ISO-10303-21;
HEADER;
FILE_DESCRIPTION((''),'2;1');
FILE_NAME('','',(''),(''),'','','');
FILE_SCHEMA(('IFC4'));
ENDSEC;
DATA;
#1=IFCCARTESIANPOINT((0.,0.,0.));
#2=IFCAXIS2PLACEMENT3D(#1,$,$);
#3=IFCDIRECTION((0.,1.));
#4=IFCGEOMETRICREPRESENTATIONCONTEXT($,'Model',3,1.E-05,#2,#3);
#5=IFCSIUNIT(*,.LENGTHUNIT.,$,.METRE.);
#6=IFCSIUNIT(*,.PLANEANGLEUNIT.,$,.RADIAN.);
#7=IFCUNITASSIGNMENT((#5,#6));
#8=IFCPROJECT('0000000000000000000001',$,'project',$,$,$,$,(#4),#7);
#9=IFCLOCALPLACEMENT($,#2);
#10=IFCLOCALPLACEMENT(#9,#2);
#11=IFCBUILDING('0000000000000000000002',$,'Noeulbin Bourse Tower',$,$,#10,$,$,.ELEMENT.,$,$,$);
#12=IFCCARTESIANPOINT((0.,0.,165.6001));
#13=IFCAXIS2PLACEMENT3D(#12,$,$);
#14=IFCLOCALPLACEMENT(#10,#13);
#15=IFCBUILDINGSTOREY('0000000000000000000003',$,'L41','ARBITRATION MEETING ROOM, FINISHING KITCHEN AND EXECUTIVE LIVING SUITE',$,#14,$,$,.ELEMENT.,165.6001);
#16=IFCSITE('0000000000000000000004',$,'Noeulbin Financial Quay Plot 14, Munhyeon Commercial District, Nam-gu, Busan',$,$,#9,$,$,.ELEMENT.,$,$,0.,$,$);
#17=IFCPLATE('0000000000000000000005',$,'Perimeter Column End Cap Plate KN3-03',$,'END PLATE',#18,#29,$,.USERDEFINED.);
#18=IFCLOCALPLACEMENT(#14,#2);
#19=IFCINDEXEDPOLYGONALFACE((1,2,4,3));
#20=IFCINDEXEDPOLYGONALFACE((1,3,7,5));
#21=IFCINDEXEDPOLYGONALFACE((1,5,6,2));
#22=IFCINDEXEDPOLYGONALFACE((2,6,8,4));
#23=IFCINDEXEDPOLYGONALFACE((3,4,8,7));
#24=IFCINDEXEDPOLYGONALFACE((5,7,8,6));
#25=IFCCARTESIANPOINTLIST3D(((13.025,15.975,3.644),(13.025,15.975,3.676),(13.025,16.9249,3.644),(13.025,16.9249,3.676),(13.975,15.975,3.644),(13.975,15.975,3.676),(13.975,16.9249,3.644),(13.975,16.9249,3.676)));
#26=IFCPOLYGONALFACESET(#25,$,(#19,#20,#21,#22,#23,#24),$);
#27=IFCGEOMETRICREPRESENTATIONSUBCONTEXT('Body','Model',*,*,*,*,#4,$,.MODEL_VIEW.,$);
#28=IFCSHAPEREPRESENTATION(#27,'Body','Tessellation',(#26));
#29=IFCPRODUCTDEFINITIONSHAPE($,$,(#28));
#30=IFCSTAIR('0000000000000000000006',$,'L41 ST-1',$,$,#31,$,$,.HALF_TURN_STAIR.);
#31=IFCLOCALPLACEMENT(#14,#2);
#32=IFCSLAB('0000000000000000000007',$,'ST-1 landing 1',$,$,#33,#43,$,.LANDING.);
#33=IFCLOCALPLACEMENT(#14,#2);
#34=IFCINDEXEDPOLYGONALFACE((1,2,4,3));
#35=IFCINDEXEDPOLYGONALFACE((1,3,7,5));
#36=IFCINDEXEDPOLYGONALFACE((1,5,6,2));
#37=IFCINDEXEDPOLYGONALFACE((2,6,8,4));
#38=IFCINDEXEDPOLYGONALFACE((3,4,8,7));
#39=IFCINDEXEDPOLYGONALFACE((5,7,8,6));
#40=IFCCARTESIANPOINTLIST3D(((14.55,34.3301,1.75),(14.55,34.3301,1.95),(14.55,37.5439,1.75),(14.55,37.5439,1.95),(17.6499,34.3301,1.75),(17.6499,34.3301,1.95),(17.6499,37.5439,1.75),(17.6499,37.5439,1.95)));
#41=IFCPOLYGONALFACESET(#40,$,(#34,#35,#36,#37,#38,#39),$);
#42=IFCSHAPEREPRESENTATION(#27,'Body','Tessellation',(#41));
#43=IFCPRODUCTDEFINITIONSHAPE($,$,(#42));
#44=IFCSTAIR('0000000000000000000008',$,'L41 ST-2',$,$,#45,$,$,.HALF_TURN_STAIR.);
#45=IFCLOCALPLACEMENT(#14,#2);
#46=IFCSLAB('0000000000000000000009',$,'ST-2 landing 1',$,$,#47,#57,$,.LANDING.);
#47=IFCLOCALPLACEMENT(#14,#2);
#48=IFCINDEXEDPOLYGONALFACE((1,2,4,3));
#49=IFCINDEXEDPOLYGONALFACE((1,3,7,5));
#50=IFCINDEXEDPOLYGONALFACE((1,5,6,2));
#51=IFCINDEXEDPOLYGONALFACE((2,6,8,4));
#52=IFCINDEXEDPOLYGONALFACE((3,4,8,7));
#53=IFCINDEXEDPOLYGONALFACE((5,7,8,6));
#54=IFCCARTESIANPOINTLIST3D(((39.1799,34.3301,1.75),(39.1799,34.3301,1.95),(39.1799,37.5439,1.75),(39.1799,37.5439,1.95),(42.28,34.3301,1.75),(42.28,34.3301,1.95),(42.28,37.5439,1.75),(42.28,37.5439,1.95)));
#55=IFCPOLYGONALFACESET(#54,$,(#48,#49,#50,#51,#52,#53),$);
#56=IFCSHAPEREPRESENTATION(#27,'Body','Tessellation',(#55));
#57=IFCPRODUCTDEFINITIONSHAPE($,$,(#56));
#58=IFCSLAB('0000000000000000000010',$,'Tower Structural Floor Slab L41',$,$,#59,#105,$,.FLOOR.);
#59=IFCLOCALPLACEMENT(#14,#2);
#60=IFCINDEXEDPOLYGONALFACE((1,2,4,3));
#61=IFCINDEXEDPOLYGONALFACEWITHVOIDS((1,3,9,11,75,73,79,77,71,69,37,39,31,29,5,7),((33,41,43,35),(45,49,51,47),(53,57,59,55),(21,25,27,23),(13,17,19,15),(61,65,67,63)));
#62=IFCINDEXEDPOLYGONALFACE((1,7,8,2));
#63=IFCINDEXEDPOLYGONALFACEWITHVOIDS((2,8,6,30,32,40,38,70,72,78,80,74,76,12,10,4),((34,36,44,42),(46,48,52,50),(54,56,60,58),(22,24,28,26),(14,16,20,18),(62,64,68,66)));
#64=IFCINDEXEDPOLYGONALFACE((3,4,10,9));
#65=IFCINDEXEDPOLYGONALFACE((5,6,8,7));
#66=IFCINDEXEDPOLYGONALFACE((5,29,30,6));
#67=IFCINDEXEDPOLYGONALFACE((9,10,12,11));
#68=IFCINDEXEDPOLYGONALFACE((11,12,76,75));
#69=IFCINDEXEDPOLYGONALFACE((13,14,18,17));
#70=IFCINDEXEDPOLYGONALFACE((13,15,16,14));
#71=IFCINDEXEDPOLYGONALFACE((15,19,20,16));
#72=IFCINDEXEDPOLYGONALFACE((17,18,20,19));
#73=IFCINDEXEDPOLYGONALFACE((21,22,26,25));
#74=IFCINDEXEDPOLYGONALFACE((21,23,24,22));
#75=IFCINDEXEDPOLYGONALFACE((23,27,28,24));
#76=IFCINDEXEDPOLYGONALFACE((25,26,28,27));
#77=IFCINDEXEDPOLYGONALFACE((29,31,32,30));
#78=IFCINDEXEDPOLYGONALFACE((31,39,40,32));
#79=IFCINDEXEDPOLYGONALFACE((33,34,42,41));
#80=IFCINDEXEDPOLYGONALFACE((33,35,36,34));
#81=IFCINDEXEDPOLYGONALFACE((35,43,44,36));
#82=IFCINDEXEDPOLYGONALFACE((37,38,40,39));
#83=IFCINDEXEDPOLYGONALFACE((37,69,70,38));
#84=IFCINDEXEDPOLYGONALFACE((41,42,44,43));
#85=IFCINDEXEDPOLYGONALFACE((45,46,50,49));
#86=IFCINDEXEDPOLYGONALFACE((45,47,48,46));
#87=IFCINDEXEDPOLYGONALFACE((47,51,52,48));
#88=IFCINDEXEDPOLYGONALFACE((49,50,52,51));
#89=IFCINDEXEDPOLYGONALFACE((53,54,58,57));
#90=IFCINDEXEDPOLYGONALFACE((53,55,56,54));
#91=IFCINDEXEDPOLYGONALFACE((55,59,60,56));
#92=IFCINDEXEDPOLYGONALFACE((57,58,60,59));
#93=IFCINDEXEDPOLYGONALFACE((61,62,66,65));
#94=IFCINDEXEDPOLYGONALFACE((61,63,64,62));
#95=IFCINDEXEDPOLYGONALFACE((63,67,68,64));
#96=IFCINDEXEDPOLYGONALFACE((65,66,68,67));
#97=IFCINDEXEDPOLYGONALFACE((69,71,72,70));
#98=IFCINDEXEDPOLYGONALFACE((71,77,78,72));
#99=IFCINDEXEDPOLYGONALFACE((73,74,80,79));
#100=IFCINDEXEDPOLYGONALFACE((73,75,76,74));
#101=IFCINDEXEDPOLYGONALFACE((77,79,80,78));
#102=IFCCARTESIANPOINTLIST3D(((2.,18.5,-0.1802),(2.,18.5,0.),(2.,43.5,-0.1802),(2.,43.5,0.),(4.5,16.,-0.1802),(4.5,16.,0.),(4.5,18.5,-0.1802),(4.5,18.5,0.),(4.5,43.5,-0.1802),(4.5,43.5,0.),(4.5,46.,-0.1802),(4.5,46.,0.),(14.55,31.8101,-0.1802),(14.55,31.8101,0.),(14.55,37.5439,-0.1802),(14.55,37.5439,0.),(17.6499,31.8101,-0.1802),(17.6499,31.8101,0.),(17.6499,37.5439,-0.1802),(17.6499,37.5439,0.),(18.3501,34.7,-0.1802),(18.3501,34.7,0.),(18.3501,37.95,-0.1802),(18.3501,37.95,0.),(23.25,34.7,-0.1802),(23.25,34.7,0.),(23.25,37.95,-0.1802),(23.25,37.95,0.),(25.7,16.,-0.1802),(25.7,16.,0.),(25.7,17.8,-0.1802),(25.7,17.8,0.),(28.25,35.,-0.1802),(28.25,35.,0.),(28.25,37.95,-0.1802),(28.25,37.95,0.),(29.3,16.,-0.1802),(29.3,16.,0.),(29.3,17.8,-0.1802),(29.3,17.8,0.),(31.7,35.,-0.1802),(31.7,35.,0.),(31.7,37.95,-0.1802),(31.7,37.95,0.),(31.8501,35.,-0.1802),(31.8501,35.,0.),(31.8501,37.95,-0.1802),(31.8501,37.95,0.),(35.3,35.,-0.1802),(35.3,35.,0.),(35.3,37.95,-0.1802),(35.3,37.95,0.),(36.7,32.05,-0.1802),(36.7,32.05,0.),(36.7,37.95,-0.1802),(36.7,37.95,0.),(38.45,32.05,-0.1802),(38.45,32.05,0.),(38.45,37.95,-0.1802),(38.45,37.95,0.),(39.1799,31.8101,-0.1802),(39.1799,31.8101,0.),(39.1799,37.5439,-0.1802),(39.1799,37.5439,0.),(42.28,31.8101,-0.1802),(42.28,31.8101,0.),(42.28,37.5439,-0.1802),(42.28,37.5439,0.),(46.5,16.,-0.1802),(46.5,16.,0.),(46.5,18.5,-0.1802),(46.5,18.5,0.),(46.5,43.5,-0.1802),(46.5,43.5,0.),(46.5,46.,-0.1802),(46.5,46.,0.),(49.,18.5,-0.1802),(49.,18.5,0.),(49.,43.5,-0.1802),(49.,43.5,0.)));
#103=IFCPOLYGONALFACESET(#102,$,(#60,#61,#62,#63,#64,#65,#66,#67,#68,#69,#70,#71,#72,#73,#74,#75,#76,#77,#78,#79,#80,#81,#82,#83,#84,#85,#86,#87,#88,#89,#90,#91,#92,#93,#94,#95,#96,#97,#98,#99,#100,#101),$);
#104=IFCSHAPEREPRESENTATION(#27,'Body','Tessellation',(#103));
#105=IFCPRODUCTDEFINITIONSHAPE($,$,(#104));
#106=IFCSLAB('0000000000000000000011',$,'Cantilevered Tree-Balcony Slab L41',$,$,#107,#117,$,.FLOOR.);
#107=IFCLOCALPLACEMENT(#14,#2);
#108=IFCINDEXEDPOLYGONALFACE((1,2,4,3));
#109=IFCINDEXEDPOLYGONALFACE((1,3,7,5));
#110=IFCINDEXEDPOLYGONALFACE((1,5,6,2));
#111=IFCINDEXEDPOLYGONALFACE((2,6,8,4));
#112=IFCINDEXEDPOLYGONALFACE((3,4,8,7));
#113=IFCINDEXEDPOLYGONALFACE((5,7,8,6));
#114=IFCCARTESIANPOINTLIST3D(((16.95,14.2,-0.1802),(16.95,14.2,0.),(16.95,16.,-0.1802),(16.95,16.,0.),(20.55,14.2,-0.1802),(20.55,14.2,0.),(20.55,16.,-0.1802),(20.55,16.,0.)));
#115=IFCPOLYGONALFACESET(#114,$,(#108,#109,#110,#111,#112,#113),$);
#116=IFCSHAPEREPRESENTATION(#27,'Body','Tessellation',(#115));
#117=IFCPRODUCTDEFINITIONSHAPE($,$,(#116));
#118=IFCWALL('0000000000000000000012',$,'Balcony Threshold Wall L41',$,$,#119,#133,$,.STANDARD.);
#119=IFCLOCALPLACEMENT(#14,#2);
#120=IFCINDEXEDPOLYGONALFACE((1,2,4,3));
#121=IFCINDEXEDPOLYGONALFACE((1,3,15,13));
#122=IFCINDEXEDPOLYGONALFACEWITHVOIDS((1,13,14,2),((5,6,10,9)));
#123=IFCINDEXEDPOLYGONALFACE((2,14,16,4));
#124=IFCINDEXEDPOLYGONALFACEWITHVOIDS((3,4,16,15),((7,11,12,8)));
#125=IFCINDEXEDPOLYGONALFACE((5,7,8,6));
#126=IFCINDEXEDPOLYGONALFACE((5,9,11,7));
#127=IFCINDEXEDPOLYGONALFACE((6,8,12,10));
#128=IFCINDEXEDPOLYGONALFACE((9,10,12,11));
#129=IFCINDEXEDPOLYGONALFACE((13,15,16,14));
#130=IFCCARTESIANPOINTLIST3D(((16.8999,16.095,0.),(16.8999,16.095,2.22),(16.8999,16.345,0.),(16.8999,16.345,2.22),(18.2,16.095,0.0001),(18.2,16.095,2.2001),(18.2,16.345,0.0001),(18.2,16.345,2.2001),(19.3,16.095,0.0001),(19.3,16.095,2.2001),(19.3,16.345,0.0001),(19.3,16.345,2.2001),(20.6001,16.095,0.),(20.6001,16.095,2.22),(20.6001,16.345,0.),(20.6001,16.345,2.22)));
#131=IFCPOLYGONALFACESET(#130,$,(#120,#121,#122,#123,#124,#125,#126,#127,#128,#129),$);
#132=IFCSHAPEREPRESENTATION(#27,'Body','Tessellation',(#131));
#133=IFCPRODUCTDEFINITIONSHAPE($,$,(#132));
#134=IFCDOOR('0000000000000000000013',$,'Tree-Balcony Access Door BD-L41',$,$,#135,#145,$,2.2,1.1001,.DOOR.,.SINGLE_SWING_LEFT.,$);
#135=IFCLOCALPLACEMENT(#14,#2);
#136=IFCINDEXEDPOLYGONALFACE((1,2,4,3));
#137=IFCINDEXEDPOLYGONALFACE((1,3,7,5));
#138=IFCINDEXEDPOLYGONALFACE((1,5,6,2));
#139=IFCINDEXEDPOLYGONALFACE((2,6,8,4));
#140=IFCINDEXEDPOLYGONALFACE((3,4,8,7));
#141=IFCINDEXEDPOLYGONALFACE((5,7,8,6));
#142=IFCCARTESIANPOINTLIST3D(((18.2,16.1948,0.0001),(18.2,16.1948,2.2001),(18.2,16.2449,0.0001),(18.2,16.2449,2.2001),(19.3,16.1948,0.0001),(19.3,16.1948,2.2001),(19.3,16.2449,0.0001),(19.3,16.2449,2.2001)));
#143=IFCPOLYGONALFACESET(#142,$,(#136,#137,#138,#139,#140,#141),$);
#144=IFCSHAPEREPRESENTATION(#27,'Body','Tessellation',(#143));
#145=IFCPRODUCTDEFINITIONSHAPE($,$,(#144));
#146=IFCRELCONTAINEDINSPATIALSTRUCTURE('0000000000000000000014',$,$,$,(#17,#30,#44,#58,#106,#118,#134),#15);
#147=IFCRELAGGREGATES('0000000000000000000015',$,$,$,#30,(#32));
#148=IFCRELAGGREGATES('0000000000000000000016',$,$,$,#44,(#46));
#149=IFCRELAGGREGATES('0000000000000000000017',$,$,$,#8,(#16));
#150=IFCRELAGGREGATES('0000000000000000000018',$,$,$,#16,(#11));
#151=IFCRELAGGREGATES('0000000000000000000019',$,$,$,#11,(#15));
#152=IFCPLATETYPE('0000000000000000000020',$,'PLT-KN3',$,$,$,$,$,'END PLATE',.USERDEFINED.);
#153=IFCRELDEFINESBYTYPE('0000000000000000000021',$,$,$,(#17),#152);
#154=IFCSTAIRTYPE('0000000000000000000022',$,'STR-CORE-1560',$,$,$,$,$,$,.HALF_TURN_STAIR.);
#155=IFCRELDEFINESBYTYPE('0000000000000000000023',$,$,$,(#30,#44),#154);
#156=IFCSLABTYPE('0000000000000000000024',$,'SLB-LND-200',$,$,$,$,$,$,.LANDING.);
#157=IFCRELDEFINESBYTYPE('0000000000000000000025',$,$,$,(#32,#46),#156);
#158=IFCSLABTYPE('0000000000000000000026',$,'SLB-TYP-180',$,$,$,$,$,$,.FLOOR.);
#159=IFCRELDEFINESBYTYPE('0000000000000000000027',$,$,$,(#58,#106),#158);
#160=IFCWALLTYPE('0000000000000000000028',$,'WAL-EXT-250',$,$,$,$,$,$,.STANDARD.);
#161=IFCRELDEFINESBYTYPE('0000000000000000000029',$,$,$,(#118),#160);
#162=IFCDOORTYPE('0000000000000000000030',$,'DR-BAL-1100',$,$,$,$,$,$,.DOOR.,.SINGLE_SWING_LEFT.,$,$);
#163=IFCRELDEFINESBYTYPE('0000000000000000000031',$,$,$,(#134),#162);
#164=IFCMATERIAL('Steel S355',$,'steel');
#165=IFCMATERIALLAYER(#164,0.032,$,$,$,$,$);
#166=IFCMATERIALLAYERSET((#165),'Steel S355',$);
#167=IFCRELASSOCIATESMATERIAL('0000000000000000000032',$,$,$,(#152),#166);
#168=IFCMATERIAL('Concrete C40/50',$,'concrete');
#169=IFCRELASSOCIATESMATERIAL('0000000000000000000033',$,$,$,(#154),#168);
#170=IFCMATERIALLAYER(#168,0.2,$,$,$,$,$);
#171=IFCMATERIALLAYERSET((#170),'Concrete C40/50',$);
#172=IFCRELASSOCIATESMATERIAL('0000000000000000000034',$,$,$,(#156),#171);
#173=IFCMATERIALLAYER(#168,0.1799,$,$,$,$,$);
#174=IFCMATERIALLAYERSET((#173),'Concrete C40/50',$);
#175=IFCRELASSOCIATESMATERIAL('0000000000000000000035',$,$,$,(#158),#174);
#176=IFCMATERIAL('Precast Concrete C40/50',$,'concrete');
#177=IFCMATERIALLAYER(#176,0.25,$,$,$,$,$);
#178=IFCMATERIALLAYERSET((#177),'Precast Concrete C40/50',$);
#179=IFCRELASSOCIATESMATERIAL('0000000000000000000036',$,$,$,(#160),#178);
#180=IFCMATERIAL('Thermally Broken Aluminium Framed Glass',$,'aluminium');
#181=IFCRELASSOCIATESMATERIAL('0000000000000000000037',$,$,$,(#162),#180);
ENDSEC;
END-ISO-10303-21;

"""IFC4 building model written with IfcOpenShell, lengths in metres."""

from ifc_helpers import new_model, si_unit, direction, frame, frame_2d, origin, origin_2d, place, context, subcontext, project, spatial, polyline, rectangle, outline, extrude, material, layer, layer_set, type_object, element, fill, aggregate, save


model = new_model("IFC4")

# Units and contexts
model_context = context("Model", 3, precision=1e-05, world=origin(), true_north=direction((0.0, 1.0)))
body_context = subcontext(model_context, "Body", "Model", "MODEL_VIEW")
ifc_project = project(units=[si_unit("LENGTHUNIT", "METRE"), si_unit("PLANEANGLEUNIT", "RADIAN")], contexts=[model_context])

# Site, building, storey
site_placement = place(None, origin())
site = spatial("IfcSite", under=ifc_project, at=site_placement, Name="Noeulbin Financial Quay Plot 14, Munhyeon Commercial District, Nam-gu, Busan", CompositionType="ELEMENT", RefElevation=0.0)
building_placement = place(site_placement, origin())
building = spatial("IfcBuilding", under=site, at=building_placement, Name="Noeulbin Bourse Tower", CompositionType="ELEMENT")
storey_placement = place(building_placement, frame((0.0, 0.0, 165.6001)))
storey = spatial("IfcBuildingStorey", under=building, at=storey_placement, Name="L41", Description="ARBITRATION MEETING ROOM, FINISHING KITCHEN AND EXECUTIVE LIVING SUITE", CompositionType="ELEMENT", Elevation=165.6001)

# Shared definitions
ifc_material_1 = material(Name="Steel S355", Category="steel")

# Plate
ifc_layer_1 = layer(ifc_material_1, 0.032)
ifc_layer_set_1 = layer_set([ifc_layer_1], Name="Steel S355")
plate_type_1 = type_object("IfcPlateType", Name="PLT-KN3", ElementType="END PLATE", PredefinedType="USERDEFINED", material=ifc_layer_set_1)
plate_1_placement = place(storey_placement, frame((13.5, 16.45, 3.644), z_axis=(0.0, 0.0, 1.0), x_axis=(1.0, 0.0, 0.0)))
element("IfcPlate", 1, at=plate_1_placement, inside=storey, type_object=plate_type_1, Name="Perimeter Column End Cap Plate KN3-03", ObjectType="END PLATE", PredefinedType="USERDEFINED", context=body_context, shape_type="SweptSolid", body=[
    extrude(rectangle(XDim=0.95, YDim=0.95, at=origin_2d()), origin(), (0.0, 0.0, 1.0), 0.032),
])

# Stairs, slabs
ifc_material_2 = material(Name="Concrete C40/50", Category="concrete")
stair_type = type_object("IfcStairType", Name="STR-CORE-1560", PredefinedType="HALF_TURN_STAIR", material=ifc_material_2)
stair_1_placement = place(storey_placement, origin())
stair_1 = element("IfcStair", 2, at=stair_1_placement, inside=storey, type_object=stair_type, Name="L41 ST-1", PredefinedType="HALF_TURN_STAIR")
ifc_layer_2 = layer(ifc_material_2, 0.2)
ifc_layer_set_2 = layer_set([ifc_layer_2], Name="Concrete C40/50")
slab_type_1 = type_object("IfcSlabType", Name="SLB-LND-200", PredefinedType="LANDING", material=ifc_layer_set_2)
slab_1_placement = place(storey_placement, frame((0.0, 0.0, 1.75)))
slab_1 = element("IfcSlab", 3, at=slab_1_placement, type_object=slab_type_1, Name="ST-1 landing 1", PredefinedType="LANDING", context=body_context, shape_type="SweptSolid", body=[
    extrude(outline(polyline([(17.6499, 34.3301), (17.6499, 37.5439), (14.55, 37.5439), (14.55, 34.3301), (17.6499, 34.3301)])), origin(), (0.0, 0.0, 1.0), 0.2),
])
aggregate(stair_1, [slab_1])
stair_2_placement = place(storey_placement, origin())
stair_2 = element("IfcStair", 4, at=stair_2_placement, inside=storey, type_object=stair_type, Name="L41 ST-2", PredefinedType="HALF_TURN_STAIR")
slab_2_placement = place(storey_placement, frame((0.0, 0.0, 1.75)))
slab_2 = element("IfcSlab", 5, at=slab_2_placement, type_object=slab_type_1, Name="ST-2 landing 1", PredefinedType="LANDING", context=body_context, shape_type="SweptSolid", body=[
    extrude(outline(polyline([(42.28, 34.3301), (42.28, 37.5439), (39.1799, 37.5439), (39.1799, 34.3301), (42.28, 34.3301)])), origin(), (0.0, 0.0, 1.0), 0.2),
])
aggregate(stair_2, [slab_2])

# Slab, openings
ifc_layer_3 = layer(ifc_material_2, 0.1799)
ifc_layer_set_3 = layer_set([ifc_layer_3], Name="Concrete C40/50")
slab_type_2 = type_object("IfcSlabType", Name="SLB-TYP-180", PredefinedType="FLOOR", material=ifc_layer_set_3)
slab_3_placement = place(storey_placement, frame((0.0, 0.0, -0.1802)))
slab_3 = element("IfcSlab", 6, at=slab_3_placement, inside=storey, type_object=slab_type_2, Name="Tower Structural Floor Slab L41", PredefinedType="FLOOR", context=body_context, shape_type="SweptSolid", body=[
    extrude(outline(polyline([(4.5, 16.0), (25.7, 16.0), (25.7, 17.8), (29.3, 17.8), (29.3, 16.0), (46.5, 16.0), (46.5, 18.5), (49.0, 18.5), (49.0, 43.5), (46.5, 43.5), (46.5, 46.0), (4.5, 46.0), (4.5, 43.5), (2.0, 43.5), (2.0, 18.5), (4.5, 18.5), (4.5, 16.0)]), holes=[polyline([(17.6499, 31.8101), (17.6499, 37.5439), (14.55, 37.5439), (14.55, 31.8101), (17.6499, 31.8101)]), polyline([(42.28, 31.8101), (42.28, 37.5439), (39.1799, 37.5439), (39.1799, 31.8101), (42.28, 31.8101)]), polyline([(18.3501, 34.7), (23.25, 34.7), (23.25, 37.95), (18.3501, 37.95), (18.3501, 34.7)]), polyline([(36.7, 32.05), (38.45, 32.05), (38.45, 37.95), (36.7, 37.95), (36.7, 32.05)]), polyline([(28.25, 35.0), (31.7, 35.0), (31.7, 37.95), (28.25, 37.95), (28.25, 35.0)]), polyline([(31.8501, 35.0), (35.3, 35.0), (35.3, 37.95), (31.8501, 37.95), (31.8501, 35.0)])]), origin(), (0.0, 0.0, 1.0), 0.1802),
])
opening_1_placement = place(slab_3_placement, frame((0.0, 0.0, -0.01)))
element("IfcOpeningElement", 7, at=opening_1_placement, cuts=slab_3, PredefinedType="OPENING", context=body_context, shape_type="SweptSolid", body=[
    extrude(outline(polyline([(17.6499, 31.8101), (17.6499, 37.5439), (14.55, 37.5439), (14.55, 31.8101), (17.6499, 31.8101)])), origin(), (0.0, 0.0, 1.0), 0.2002),
])
opening_2_placement = place(slab_3_placement, frame((0.0, 0.0, -0.01)))
element("IfcOpeningElement", 8, at=opening_2_placement, cuts=slab_3, PredefinedType="OPENING", context=body_context, shape_type="SweptSolid", body=[
    extrude(outline(polyline([(42.28, 31.8101), (42.28, 37.5439), (39.1799, 37.5439), (39.1799, 31.8101), (42.28, 31.8101)])), origin(), (0.0, 0.0, 1.0), 0.2002),
])
opening_3_placement = place(slab_3_placement, frame((0.0, 0.0, -0.01)))
element("IfcOpeningElement", 9, at=opening_3_placement, cuts=slab_3, PredefinedType="OPENING", context=body_context, shape_type="SweptSolid", body=[
    extrude(outline(polyline([(18.3501, 34.7), (23.25, 34.7), (23.25, 37.95), (18.3501, 37.95), (18.3501, 34.7)])), origin(), (0.0, 0.0, 1.0), 0.2002),
])
opening_4_placement = place(slab_3_placement, frame((0.0, 0.0, -0.01)))
element("IfcOpeningElement", 10, at=opening_4_placement, cuts=slab_3, PredefinedType="OPENING", context=body_context, shape_type="SweptSolid", body=[
    extrude(outline(polyline([(36.7, 32.05), (38.45, 32.05), (38.45, 37.95), (36.7, 37.95), (36.7, 32.05)])), origin(), (0.0, 0.0, 1.0), 0.2002),
])
opening_5_placement = place(slab_3_placement, frame((0.0, 0.0, -0.01)))
element("IfcOpeningElement", 11, at=opening_5_placement, cuts=slab_3, PredefinedType="OPENING", context=body_context, shape_type="SweptSolid", body=[
    extrude(outline(polyline([(28.25, 35.0), (31.7, 35.0), (31.7, 37.95), (28.25, 37.95), (28.25, 35.0)])), origin(), (0.0, 0.0, 1.0), 0.2002),
])
opening_6_placement = place(slab_3_placement, frame((0.0, 0.0, -0.01)))
element("IfcOpeningElement", 12, at=opening_6_placement, cuts=slab_3, PredefinedType="OPENING", context=body_context, shape_type="SweptSolid", body=[
    extrude(outline(polyline([(31.8501, 35.0), (35.3, 35.0), (35.3, 37.95), (31.8501, 37.95), (31.8501, 35.0)])), origin(), (0.0, 0.0, 1.0), 0.2002),
])

# Slab
slab_4_placement = place(storey_placement, frame((0.0, 0.0, -0.1802)))
element("IfcSlab", 13, at=slab_4_placement, inside=storey, type_object=slab_type_2, Name="Cantilevered Tree-Balcony Slab L41", PredefinedType="FLOOR", context=body_context, shape_type="SweptSolid", body=[
    extrude(outline(polyline([(16.95, 14.2), (20.55, 14.2), (20.55, 16.0), (16.95, 16.0), (16.95, 14.2)])), origin(), (0.0, 0.0, 1.0), 0.1802),
])

# Wall, opening, door
ifc_material_3 = material(Name="Precast Concrete C40/50", Category="concrete")
ifc_layer_4 = layer(ifc_material_3, 0.25)
ifc_layer_set_4 = layer_set([ifc_layer_4], Name="Precast Concrete C40/50")
wall_type_1 = type_object("IfcWallType", Name="WAL-EXT-250", PredefinedType="STANDARD", material=ifc_layer_set_4)
wall_1_placement = place(storey_placement, frame((16.8999, 16.22, 0.0), z_axis=(0.0, 0.0, 1.0), x_axis=(1.0, 0.0, 0.0)))
wall_1 = element("IfcWall", 14, at=wall_1_placement, inside=storey, type_object=wall_type_1, Name="Balcony Threshold Wall L41", PredefinedType="STANDARD", context=body_context, shape_type="SweptSolid", body=[
    extrude(rectangle(XDim=3.7002, YDim=0.25, at=frame_2d((1.8501, 0.0))), origin(), (0.0, 0.0, 1.0), 2.22),
])
opening_7_placement = place(wall_1_placement, frame((1.3, 0.0, 0.0)))
opening_7 = element("IfcOpeningElement", 15, at=opening_7_placement, cuts=wall_1, PredefinedType="OPENING", context=body_context, shape_type="SweptSolid", body=[
    extrude(rectangle(XDim=1.1001, YDim=2.2, at=frame_2d((0.55, 1.1001))), frame((0.0, 0.135, 0.0), z_axis=(0.0, -1.0, 0.0), x_axis=(1.0, 0.0, 0.0)), (0.0, 0.0, 1.0), 0.27),
])
ifc_material_4 = material(Name="Thermally Broken Aluminium Framed Glass", Category="aluminium")
door_type_1 = type_object("IfcDoorType", Name="DR-BAL-1100", OperationType="SINGLE_SWING_LEFT", PredefinedType="DOOR", material=ifc_material_4)
door_1_placement = place(opening_7_placement, origin())
door_1 = element("IfcDoor", 16, at=door_1_placement, inside=storey, type_object=door_type_1, Name="Tree-Balcony Access Door BD-L41", OperationType="SINGLE_SWING_LEFT", OverallHeight=2.2, OverallWidth=1.1001, PredefinedType="DOOR", context=body_context, shape_type="SweptSolid", body=[
    extrude(rectangle(XDim=1.1001, YDim=2.2, at=frame_2d((0.55, 1.1001))), frame((0.0, 0.0249, 0.0), z_axis=(0.0, -1.0, 0.0), x_axis=(1.0, 0.0, 0.0)), (0.0, 0.0, 1.0), 0.05),
])
fill(opening_7, door_1)

save(model, "model.ifc")
